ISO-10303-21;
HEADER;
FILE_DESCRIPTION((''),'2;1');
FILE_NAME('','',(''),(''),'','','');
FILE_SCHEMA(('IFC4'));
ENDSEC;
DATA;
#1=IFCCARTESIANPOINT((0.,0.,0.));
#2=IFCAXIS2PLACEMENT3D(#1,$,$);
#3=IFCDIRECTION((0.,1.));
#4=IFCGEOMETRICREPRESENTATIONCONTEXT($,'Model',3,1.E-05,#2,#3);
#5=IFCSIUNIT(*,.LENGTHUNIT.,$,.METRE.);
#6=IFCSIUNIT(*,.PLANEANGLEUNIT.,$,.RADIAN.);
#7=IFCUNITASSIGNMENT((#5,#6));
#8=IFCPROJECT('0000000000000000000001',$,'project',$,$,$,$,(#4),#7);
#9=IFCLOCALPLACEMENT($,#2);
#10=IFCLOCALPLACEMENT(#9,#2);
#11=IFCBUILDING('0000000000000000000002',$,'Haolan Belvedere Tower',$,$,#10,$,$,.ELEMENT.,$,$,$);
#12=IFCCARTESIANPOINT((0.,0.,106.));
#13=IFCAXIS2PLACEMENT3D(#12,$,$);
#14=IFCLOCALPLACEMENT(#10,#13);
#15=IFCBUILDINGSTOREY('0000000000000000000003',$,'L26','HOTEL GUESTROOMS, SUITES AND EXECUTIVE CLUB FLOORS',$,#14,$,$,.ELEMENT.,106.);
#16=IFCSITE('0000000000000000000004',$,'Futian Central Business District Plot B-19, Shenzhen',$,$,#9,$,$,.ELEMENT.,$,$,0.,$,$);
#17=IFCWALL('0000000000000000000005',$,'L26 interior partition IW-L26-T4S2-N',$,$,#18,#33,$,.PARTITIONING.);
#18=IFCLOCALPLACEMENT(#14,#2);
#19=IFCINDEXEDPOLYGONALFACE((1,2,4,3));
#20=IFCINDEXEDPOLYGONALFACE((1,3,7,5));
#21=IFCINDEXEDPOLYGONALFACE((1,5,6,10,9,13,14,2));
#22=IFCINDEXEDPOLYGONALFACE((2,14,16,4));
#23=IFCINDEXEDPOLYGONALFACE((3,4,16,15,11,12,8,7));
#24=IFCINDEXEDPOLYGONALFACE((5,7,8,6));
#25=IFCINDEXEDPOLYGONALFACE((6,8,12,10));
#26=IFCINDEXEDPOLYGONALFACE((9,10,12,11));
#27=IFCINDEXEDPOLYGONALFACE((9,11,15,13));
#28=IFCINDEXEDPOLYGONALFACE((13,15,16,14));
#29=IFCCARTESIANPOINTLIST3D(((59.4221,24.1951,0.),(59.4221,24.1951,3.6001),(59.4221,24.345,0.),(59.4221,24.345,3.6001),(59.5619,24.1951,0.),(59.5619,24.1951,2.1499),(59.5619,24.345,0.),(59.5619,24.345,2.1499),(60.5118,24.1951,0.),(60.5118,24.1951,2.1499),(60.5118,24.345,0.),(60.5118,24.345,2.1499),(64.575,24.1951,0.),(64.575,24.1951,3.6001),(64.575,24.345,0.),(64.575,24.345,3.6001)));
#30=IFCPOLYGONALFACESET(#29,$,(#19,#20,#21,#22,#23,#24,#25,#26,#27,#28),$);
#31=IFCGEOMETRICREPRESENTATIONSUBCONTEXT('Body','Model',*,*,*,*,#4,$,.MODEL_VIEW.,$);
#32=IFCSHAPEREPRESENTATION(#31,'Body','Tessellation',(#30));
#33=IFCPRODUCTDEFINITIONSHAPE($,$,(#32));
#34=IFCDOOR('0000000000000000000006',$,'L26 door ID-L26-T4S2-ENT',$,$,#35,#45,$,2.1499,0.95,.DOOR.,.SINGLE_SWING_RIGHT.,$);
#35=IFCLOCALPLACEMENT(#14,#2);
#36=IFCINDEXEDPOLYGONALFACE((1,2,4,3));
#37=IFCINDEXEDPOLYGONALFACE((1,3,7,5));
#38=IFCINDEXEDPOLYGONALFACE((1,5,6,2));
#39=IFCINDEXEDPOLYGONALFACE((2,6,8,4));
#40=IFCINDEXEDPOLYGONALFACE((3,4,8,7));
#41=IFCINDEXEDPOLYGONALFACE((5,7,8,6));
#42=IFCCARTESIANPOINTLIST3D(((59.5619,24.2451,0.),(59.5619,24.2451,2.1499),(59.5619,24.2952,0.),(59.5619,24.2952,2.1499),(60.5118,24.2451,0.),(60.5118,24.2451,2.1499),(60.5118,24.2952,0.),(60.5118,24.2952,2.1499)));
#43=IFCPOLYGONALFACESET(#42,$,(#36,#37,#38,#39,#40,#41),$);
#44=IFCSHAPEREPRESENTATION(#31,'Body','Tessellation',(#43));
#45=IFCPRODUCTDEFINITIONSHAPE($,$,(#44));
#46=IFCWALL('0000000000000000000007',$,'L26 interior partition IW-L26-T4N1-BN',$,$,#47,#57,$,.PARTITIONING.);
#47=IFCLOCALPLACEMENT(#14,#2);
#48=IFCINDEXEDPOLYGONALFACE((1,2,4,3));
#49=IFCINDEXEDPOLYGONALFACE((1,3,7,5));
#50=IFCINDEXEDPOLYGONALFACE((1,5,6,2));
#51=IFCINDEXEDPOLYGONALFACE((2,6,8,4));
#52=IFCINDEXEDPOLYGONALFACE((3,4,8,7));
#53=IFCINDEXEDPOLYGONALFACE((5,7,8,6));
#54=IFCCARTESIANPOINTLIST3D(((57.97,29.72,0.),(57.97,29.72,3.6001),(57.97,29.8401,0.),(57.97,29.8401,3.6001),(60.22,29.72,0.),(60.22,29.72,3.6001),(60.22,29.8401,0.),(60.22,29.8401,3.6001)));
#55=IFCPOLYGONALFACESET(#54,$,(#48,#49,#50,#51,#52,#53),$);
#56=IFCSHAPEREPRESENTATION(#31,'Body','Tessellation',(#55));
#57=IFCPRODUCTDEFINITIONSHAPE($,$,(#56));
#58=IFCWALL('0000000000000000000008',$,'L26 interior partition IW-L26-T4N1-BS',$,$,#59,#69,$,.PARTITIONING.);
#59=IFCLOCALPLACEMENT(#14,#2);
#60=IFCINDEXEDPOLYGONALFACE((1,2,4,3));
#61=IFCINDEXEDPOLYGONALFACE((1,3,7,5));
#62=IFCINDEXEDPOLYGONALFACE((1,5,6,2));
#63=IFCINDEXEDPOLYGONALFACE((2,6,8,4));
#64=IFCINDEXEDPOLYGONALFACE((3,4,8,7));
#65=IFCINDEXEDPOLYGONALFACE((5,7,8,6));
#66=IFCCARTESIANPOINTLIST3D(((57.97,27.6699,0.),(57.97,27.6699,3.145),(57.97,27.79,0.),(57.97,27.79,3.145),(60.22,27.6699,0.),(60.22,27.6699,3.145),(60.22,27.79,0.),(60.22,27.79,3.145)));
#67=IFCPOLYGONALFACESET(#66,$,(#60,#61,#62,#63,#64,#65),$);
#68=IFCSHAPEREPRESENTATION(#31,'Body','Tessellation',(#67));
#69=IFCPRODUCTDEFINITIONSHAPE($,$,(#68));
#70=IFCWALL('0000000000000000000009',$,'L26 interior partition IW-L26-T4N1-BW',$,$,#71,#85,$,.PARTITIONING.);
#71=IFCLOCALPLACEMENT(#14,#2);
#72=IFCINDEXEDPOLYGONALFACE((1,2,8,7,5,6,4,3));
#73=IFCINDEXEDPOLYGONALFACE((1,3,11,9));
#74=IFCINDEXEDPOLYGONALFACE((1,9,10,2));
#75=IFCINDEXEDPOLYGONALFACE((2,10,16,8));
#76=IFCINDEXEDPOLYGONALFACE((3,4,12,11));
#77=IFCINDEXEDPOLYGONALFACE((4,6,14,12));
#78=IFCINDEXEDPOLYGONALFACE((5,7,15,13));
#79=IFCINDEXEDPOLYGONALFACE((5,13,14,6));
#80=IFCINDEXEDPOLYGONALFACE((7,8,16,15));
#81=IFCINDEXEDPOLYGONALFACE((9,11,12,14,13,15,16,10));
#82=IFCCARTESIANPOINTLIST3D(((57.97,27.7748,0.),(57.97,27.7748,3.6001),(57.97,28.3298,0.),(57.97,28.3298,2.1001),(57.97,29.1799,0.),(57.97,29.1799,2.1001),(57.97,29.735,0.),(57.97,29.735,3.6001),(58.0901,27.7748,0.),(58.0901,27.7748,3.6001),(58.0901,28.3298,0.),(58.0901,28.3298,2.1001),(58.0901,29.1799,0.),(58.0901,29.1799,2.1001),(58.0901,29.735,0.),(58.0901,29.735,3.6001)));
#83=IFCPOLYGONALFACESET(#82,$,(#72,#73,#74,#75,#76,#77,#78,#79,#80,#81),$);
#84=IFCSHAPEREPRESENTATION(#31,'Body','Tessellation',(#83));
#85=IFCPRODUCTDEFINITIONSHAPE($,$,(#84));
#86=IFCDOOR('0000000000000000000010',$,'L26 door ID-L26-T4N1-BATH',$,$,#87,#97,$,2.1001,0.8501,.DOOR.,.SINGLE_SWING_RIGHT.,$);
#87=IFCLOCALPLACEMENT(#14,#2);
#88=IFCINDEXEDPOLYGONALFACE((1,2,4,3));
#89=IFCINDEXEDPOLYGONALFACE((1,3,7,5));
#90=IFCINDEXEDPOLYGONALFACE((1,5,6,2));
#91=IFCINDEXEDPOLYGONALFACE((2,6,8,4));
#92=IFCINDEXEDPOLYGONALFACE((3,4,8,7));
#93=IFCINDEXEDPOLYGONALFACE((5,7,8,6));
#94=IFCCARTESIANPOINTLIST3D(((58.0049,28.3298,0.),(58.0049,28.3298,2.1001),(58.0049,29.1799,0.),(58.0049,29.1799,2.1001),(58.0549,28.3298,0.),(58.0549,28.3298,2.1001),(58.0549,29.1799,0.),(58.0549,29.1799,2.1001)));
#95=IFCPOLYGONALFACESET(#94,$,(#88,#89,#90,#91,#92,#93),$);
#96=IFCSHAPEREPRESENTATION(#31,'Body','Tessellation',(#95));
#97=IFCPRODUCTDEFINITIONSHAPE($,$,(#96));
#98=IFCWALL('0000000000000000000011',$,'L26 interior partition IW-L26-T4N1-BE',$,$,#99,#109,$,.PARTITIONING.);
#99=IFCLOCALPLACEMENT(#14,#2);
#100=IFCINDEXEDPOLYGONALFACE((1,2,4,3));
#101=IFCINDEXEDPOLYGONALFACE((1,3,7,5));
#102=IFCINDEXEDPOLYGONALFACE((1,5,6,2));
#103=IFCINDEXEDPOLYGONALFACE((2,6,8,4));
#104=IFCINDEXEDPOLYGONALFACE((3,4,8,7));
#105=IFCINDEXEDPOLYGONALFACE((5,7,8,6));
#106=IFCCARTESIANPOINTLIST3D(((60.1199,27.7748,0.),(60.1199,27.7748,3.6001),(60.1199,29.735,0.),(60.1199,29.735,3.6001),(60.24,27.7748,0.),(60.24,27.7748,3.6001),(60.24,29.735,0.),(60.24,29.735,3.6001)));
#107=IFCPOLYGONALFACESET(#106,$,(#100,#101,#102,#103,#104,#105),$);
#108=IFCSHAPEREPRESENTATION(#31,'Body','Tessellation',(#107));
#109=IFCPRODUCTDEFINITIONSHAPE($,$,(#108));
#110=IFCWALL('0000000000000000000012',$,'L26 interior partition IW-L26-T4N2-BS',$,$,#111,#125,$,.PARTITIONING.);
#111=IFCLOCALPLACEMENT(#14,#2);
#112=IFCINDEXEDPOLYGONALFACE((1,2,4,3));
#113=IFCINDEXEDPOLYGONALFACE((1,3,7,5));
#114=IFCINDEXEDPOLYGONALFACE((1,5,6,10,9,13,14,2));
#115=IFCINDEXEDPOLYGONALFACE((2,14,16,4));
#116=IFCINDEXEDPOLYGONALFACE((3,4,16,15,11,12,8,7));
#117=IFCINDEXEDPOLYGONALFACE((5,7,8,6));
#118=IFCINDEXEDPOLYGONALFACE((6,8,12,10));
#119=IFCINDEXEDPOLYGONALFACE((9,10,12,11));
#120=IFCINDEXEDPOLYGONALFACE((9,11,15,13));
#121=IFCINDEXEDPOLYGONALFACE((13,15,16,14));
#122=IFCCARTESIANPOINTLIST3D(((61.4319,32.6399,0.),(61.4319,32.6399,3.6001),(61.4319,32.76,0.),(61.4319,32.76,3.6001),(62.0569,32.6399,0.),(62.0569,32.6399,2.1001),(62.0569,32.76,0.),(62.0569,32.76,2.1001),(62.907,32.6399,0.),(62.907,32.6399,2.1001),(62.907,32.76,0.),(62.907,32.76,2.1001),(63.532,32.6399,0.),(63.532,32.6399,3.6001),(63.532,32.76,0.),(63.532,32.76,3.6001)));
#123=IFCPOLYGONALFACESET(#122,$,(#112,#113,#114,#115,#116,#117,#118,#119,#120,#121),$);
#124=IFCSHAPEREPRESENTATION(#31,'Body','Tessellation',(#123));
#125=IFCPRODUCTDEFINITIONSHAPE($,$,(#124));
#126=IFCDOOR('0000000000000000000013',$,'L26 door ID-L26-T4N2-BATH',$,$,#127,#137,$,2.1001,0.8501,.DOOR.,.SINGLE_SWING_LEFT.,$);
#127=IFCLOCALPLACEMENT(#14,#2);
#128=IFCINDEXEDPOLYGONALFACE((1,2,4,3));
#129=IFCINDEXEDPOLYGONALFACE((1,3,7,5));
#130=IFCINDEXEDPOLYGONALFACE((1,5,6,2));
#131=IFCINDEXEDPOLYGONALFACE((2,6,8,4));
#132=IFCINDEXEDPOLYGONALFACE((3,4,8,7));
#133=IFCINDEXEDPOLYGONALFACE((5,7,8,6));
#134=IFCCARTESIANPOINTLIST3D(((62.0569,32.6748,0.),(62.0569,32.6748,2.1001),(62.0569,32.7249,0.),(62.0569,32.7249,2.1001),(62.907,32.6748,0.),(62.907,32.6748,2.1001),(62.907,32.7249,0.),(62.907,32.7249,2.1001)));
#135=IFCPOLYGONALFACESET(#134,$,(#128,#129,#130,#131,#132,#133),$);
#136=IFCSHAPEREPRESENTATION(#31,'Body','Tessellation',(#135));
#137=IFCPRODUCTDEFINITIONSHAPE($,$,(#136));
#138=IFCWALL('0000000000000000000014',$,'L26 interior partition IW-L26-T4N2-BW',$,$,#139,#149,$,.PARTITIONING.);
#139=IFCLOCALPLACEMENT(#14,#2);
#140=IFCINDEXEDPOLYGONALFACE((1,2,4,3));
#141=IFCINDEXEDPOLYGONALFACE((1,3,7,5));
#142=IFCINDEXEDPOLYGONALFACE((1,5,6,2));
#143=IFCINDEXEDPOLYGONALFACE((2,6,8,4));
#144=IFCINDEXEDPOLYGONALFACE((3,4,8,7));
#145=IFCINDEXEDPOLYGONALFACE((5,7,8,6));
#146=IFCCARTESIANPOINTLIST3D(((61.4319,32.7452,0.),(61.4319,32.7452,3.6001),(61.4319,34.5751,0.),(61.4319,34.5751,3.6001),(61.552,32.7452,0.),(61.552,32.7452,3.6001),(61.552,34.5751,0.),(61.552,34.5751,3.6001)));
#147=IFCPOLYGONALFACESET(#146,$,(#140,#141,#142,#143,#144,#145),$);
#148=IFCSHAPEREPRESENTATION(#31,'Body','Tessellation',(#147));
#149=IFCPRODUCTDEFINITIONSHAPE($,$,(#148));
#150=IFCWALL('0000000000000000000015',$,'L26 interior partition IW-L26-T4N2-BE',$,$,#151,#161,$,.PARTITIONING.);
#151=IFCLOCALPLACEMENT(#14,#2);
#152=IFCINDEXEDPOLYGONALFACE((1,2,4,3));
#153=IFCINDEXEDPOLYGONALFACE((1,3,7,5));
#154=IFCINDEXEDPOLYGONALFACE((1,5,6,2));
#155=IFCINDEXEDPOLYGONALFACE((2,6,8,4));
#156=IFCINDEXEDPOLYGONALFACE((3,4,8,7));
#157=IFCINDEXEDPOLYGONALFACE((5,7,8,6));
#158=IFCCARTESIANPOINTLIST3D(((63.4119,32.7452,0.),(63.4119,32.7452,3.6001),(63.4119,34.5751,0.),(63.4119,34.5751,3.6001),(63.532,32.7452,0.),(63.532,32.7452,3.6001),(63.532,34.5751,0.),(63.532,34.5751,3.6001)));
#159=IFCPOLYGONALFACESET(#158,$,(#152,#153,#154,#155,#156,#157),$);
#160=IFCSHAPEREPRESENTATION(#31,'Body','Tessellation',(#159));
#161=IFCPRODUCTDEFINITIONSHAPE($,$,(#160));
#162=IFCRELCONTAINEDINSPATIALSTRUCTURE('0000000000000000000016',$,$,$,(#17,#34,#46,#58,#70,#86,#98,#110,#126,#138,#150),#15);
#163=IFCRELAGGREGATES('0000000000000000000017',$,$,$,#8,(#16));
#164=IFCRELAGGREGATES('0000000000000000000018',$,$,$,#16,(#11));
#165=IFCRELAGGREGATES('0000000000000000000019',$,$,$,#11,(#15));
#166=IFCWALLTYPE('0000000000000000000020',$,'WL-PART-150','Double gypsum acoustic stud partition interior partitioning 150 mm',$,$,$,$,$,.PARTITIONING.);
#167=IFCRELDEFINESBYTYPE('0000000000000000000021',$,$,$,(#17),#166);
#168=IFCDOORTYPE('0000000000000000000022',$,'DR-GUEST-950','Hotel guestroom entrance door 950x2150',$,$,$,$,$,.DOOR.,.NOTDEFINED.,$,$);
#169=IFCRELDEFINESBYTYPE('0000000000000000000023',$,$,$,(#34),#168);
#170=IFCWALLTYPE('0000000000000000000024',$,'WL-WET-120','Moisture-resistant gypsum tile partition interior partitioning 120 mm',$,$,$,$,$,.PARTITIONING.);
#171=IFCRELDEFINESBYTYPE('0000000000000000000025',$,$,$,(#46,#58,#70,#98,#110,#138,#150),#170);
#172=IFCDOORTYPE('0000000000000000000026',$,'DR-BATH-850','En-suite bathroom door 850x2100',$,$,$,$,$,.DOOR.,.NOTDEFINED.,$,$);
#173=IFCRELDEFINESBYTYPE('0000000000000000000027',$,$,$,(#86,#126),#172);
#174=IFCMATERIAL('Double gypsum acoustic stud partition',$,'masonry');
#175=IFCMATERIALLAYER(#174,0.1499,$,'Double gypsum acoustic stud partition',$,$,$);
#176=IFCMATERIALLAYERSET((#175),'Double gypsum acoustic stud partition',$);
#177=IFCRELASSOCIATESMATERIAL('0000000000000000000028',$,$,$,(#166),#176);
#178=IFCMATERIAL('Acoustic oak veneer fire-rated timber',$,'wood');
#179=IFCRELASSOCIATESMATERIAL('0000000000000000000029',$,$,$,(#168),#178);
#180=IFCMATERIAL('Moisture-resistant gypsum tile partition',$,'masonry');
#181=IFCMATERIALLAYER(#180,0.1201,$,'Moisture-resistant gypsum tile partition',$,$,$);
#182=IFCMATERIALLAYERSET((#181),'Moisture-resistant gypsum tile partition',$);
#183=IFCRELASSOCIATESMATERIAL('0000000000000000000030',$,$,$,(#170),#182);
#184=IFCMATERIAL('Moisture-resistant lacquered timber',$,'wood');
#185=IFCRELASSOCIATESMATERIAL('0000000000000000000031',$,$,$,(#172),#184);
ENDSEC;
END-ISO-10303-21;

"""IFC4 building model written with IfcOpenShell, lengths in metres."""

from ifc_helpers import new_model, si_unit, direction, frame, frame_2d, origin, place, context, subcontext, project, spatial, rectangle, extrude, material, layer, layer_set, type_object, element, fill, save


model = new_model("IFC4")

# Units and contexts
model_context = context("Model", 3, precision=1e-05, world=origin(), true_north=direction((0.0, 1.0)))
body_context = subcontext(model_context, "Body", "Model", "MODEL_VIEW")
ifc_project = project(units=[si_unit("LENGTHUNIT", "METRE"), si_unit("PLANEANGLEUNIT", "RADIAN")], contexts=[model_context])

# Site, building, storey
site_placement = place(None, origin())
site = spatial("IfcSite", under=ifc_project, at=site_placement, Name="Futian Central Business District Plot B-19, Shenzhen", CompositionType="ELEMENT", RefElevation=0.0)
building_placement = place(site_placement, origin())
building = spatial("IfcBuilding", under=site, at=building_placement, Name="Haolan Belvedere Tower", CompositionType="ELEMENT")
storey_placement = place(building_placement, frame((0.0, 0.0, 106.0)))
storey = spatial("IfcBuildingStorey", under=building, at=storey_placement, Name="L26", Description="HOTEL GUESTROOMS, SUITES AND EXECUTIVE CLUB FLOORS", CompositionType="ELEMENT", Elevation=106.0)

# Shared definitions
ifc_material_1 = material(Name="Double gypsum acoustic stud partition", Category="masonry")
ifc_layer_1 = layer(ifc_material_1, 0.1499, Name="Double gypsum acoustic stud partition")
ifc_layer_set_1 = layer_set([ifc_layer_1], Name="Double gypsum acoustic stud partition")
wall_type_1 = type_object("IfcWallType", Name="WL-PART-150", Description="Double gypsum acoustic stud partition interior partitioning 150 mm", PredefinedType="PARTITIONING", material=ifc_layer_set_1)

# Wall, opening, door
ifc_material_2 = material(Name="Acoustic oak veneer fire-rated timber", Category="wood")
door_type_1 = type_object("IfcDoorType", Name="DR-GUEST-950", Description="Hotel guestroom entrance door 950x2150", OperationType="NOTDEFINED", PredefinedType="DOOR", material=ifc_material_2)
wall_1_placement = place(storey_placement, frame((59.4221, 24.27, 0.0), z_axis=(0.0, 0.0, 1.0), x_axis=(1.0, 0.0, 0.0)))
wall_1 = element("IfcWall", 1, at=wall_1_placement, inside=storey, type_object=wall_type_1, Name="L26 interior partition IW-L26-T4S2-N", PredefinedType="PARTITIONING", context=body_context, shape_type="SweptSolid", body=[
    extrude(rectangle(XDim=5.1528, YDim=0.1499, at=frame_2d((2.5764, 0.0))), origin(), (0.0, 0.0, 1.0), 3.6001),
])
opening_1_placement = place(wall_1_placement, frame((1.0898, 0.0, 0.0), z_axis=(0.0, 0.0, 1.0), x_axis=(-1.0, 0.0, 0.0)))
opening_1 = element("IfcOpeningElement", 2, at=opening_1_placement, cuts=wall_1, PredefinedType="OPENING", context=body_context, shape_type="SweptSolid", body=[
    extrude(rectangle(XDim=0.95, YDim=2.1499, at=frame_2d((0.4751, 1.075))), frame((0.0, 0.085, 0.0), z_axis=(0.0, -1.0, 0.0), x_axis=(1.0, 0.0, 0.0)), (0.0, 0.0, 1.0), 0.1699),
])
door_1_placement = place(opening_1_placement, origin())
door_1 = element("IfcDoor", 3, at=door_1_placement, inside=storey, type_object=door_type_1, Name="L26 door ID-L26-T4S2-ENT", OperationType="SINGLE_SWING_RIGHT", OverallHeight=2.1499, OverallWidth=0.95, PredefinedType="DOOR", context=body_context, shape_type="SweptSolid", body=[
    extrude(rectangle(XDim=0.95, YDim=2.1499, at=frame_2d((0.4751, 1.075))), frame((0.0, 0.0249, 0.0), z_axis=(0.0, -1.0, 0.0), x_axis=(1.0, 0.0, 0.0)), (0.0, 0.0, 1.0), 0.05),
])
fill(opening_1, door_1)

# Walls
ifc_material_3 = material(Name="Moisture-resistant gypsum tile partition", Category="masonry")
ifc_layer_2 = layer(ifc_material_3, 0.1201, Name="Moisture-resistant gypsum tile partition")
ifc_layer_set_2 = layer_set([ifc_layer_2], Name="Moisture-resistant gypsum tile partition")
wall_type_2 = type_object("IfcWallType", Name="WL-WET-120", Description="Moisture-resistant gypsum tile partition interior partitioning 120 mm", PredefinedType="PARTITIONING", material=ifc_layer_set_2)
wall_2_placement = place(storey_placement, frame((57.97, 29.78, 0.0), z_axis=(0.0, 0.0, 1.0), x_axis=(1.0, 0.0, 0.0)))
element("IfcWall", 4, at=wall_2_placement, inside=storey, type_object=wall_type_2, Name="L26 interior partition IW-L26-T4N1-BN", PredefinedType="PARTITIONING", context=body_context, shape_type="SweptSolid", body=[
    extrude(rectangle(XDim=2.25, YDim=0.1201, at=frame_2d((1.125, 0.0))), origin(), (0.0, 0.0, 1.0), 3.6001),
])
wall_3_placement = place(storey_placement, frame((57.97, 27.73, 0.0), z_axis=(0.0, 0.0, 1.0), x_axis=(1.0, 0.0, 0.0)))
element("IfcWall", 5, at=wall_3_placement, inside=storey, type_object=wall_type_2, Name="L26 interior partition IW-L26-T4N1-BS", PredefinedType="PARTITIONING", context=body_context, shape_type="SweptSolid", body=[
    extrude(rectangle(XDim=2.25, YDim=0.1201, at=frame_2d((1.125, 0.0))), origin(), (0.0, 0.0, 1.0), 3.145),
])

# Wall, opening, door
wall_4_placement = place(storey_placement, frame((58.03, 27.7749, 0.0), z_axis=(0.0, 0.0, 1.0), x_axis=(0.0, 1.0, 0.0)))
wall_4 = element("IfcWall", 6, at=wall_4_placement, inside=storey, type_object=wall_type_2, Name="L26 interior partition IW-L26-T4N1-BW", PredefinedType="PARTITIONING", context=body_context, shape_type="SweptSolid", body=[
    extrude(rectangle(XDim=1.9602, YDim=0.1201, at=frame_2d((0.98, 0.0))), origin(), (0.0, 0.0, 1.0), 3.6001),
])
opening_2_placement = place(wall_4_placement, frame((1.405, 0.0, 0.0), z_axis=(0.0, 0.0, 1.0), x_axis=(-1.0, 0.0, 0.0)))
opening_2 = element("IfcOpeningElement", 7, at=opening_2_placement, cuts=wall_4, PredefinedType="OPENING", context=body_context, shape_type="SweptSolid", body=[
    extrude(rectangle(XDim=0.8501, YDim=2.1001, at=frame_2d((0.425, 1.05))), frame((0.0, 0.0701, 0.0), z_axis=(0.0, -1.0, 0.0), x_axis=(1.0, 0.0, 0.0)), (0.0, 0.0, 1.0), 0.1401),
])
ifc_material_4 = material(Name="Moisture-resistant lacquered timber", Category="wood")
door_type_2 = type_object("IfcDoorType", Name="DR-BATH-850", Description="En-suite bathroom door 850x2100", OperationType="NOTDEFINED", PredefinedType="DOOR", material=ifc_material_4)
door_2_placement = place(opening_2_placement, origin())
door_2 = element("IfcDoor", 8, at=door_2_placement, inside=storey, type_object=door_type_2, Name="L26 door ID-L26-T4N1-BATH", OperationType="SINGLE_SWING_RIGHT", OverallHeight=2.1001, OverallWidth=0.8501, PredefinedType="DOOR", context=body_context, shape_type="SweptSolid", body=[
    extrude(rectangle(XDim=0.8501, YDim=2.1001, at=frame_2d((0.425, 1.05))), frame((0.0, 0.0249, 0.0), z_axis=(0.0, -1.0, 0.0), x_axis=(1.0, 0.0, 0.0)), (0.0, 0.0, 1.0), 0.05),
])
fill(opening_2, door_2)

# Wall
wall_5_placement = place(storey_placement, frame((60.1799, 27.7749, 0.0), z_axis=(0.0, 0.0, 1.0), x_axis=(0.0, 1.0, 0.0)))
element("IfcWall", 9, at=wall_5_placement, inside=storey, type_object=wall_type_2, Name="L26 interior partition IW-L26-T4N1-BE", PredefinedType="PARTITIONING", context=body_context, shape_type="SweptSolid", body=[
    extrude(rectangle(XDim=1.9602, YDim=0.1201, at=frame_2d((0.98, 0.0))), origin(), (0.0, 0.0, 1.0), 3.6001),
])

# Wall, opening, door
wall_6_placement = place(storey_placement, frame((61.4319, 32.7, 0.0), z_axis=(0.0, 0.0, 1.0), x_axis=(1.0, 0.0, 0.0)))
wall_6 = element("IfcWall", 10, at=wall_6_placement, inside=storey, type_object=wall_type_2, Name="L26 interior partition IW-L26-T4N2-BS", PredefinedType="PARTITIONING", context=body_context, shape_type="SweptSolid", body=[
    extrude(rectangle(XDim=2.1001, YDim=0.1201, at=frame_2d((1.05, 0.0))), origin(), (0.0, 0.0, 1.0), 3.6001),
])
opening_3_placement = place(wall_6_placement, frame((0.625, 0.0, 0.0)))
opening_3 = element("IfcOpeningElement", 11, at=opening_3_placement, cuts=wall_6, PredefinedType="OPENING", context=body_context, shape_type="SweptSolid", body=[
    extrude(rectangle(XDim=0.8501, YDim=2.1001, at=frame_2d((0.425, 1.05))), frame((0.0, 0.0701, 0.0), z_axis=(0.0, -1.0, 0.0), x_axis=(1.0, 0.0, 0.0)), (0.0, 0.0, 1.0), 0.1401),
])
door_3_placement = place(opening_3_placement, origin())
door_3 = element("IfcDoor", 12, at=door_3_placement, inside=storey, type_object=door_type_2, Name="L26 door ID-L26-T4N2-BATH", OperationType="SINGLE_SWING_LEFT", OverallHeight=2.1001, OverallWidth=0.8501, PredefinedType="DOOR", context=body_context, shape_type="SweptSolid", body=[
    extrude(rectangle(XDim=0.8501, YDim=2.1001, at=frame_2d((0.425, 1.05))), frame((0.0, 0.0249, 0.0), z_axis=(0.0, -1.0, 0.0), x_axis=(1.0, 0.0, 0.0)), (0.0, 0.0, 1.0), 0.05),
])
fill(opening_3, door_3)

# Walls
for number, where, z_axis, x_axis, name in (
    (13, (61.4919, 32.7451, 0.0), (0.0, 0.0, 1.0), (0.0, 1.0, 0.0), "L26 interior partition IW-L26-T4N2-BW"),
    (14, (63.4719, 32.7451, 0.0), (0.0, 0.0, 1.0), (0.0, 1.0, 0.0), "L26 interior partition IW-L26-T4N2-BE"),
):
    element("IfcWall", number, at=place(storey_placement, frame(where, z_axis=z_axis, x_axis=x_axis)), inside=storey, type_object=wall_type_2, Name=name, PredefinedType="PARTITIONING", context=body_context, shape_type="SweptSolid", body=[
        extrude(rectangle(XDim=1.8298, YDim=0.1201, at=frame_2d((0.915, 0.0))), origin(), (0.0, 0.0, 1.0), 3.6001),
    ])

save(model, "model.ifc")
